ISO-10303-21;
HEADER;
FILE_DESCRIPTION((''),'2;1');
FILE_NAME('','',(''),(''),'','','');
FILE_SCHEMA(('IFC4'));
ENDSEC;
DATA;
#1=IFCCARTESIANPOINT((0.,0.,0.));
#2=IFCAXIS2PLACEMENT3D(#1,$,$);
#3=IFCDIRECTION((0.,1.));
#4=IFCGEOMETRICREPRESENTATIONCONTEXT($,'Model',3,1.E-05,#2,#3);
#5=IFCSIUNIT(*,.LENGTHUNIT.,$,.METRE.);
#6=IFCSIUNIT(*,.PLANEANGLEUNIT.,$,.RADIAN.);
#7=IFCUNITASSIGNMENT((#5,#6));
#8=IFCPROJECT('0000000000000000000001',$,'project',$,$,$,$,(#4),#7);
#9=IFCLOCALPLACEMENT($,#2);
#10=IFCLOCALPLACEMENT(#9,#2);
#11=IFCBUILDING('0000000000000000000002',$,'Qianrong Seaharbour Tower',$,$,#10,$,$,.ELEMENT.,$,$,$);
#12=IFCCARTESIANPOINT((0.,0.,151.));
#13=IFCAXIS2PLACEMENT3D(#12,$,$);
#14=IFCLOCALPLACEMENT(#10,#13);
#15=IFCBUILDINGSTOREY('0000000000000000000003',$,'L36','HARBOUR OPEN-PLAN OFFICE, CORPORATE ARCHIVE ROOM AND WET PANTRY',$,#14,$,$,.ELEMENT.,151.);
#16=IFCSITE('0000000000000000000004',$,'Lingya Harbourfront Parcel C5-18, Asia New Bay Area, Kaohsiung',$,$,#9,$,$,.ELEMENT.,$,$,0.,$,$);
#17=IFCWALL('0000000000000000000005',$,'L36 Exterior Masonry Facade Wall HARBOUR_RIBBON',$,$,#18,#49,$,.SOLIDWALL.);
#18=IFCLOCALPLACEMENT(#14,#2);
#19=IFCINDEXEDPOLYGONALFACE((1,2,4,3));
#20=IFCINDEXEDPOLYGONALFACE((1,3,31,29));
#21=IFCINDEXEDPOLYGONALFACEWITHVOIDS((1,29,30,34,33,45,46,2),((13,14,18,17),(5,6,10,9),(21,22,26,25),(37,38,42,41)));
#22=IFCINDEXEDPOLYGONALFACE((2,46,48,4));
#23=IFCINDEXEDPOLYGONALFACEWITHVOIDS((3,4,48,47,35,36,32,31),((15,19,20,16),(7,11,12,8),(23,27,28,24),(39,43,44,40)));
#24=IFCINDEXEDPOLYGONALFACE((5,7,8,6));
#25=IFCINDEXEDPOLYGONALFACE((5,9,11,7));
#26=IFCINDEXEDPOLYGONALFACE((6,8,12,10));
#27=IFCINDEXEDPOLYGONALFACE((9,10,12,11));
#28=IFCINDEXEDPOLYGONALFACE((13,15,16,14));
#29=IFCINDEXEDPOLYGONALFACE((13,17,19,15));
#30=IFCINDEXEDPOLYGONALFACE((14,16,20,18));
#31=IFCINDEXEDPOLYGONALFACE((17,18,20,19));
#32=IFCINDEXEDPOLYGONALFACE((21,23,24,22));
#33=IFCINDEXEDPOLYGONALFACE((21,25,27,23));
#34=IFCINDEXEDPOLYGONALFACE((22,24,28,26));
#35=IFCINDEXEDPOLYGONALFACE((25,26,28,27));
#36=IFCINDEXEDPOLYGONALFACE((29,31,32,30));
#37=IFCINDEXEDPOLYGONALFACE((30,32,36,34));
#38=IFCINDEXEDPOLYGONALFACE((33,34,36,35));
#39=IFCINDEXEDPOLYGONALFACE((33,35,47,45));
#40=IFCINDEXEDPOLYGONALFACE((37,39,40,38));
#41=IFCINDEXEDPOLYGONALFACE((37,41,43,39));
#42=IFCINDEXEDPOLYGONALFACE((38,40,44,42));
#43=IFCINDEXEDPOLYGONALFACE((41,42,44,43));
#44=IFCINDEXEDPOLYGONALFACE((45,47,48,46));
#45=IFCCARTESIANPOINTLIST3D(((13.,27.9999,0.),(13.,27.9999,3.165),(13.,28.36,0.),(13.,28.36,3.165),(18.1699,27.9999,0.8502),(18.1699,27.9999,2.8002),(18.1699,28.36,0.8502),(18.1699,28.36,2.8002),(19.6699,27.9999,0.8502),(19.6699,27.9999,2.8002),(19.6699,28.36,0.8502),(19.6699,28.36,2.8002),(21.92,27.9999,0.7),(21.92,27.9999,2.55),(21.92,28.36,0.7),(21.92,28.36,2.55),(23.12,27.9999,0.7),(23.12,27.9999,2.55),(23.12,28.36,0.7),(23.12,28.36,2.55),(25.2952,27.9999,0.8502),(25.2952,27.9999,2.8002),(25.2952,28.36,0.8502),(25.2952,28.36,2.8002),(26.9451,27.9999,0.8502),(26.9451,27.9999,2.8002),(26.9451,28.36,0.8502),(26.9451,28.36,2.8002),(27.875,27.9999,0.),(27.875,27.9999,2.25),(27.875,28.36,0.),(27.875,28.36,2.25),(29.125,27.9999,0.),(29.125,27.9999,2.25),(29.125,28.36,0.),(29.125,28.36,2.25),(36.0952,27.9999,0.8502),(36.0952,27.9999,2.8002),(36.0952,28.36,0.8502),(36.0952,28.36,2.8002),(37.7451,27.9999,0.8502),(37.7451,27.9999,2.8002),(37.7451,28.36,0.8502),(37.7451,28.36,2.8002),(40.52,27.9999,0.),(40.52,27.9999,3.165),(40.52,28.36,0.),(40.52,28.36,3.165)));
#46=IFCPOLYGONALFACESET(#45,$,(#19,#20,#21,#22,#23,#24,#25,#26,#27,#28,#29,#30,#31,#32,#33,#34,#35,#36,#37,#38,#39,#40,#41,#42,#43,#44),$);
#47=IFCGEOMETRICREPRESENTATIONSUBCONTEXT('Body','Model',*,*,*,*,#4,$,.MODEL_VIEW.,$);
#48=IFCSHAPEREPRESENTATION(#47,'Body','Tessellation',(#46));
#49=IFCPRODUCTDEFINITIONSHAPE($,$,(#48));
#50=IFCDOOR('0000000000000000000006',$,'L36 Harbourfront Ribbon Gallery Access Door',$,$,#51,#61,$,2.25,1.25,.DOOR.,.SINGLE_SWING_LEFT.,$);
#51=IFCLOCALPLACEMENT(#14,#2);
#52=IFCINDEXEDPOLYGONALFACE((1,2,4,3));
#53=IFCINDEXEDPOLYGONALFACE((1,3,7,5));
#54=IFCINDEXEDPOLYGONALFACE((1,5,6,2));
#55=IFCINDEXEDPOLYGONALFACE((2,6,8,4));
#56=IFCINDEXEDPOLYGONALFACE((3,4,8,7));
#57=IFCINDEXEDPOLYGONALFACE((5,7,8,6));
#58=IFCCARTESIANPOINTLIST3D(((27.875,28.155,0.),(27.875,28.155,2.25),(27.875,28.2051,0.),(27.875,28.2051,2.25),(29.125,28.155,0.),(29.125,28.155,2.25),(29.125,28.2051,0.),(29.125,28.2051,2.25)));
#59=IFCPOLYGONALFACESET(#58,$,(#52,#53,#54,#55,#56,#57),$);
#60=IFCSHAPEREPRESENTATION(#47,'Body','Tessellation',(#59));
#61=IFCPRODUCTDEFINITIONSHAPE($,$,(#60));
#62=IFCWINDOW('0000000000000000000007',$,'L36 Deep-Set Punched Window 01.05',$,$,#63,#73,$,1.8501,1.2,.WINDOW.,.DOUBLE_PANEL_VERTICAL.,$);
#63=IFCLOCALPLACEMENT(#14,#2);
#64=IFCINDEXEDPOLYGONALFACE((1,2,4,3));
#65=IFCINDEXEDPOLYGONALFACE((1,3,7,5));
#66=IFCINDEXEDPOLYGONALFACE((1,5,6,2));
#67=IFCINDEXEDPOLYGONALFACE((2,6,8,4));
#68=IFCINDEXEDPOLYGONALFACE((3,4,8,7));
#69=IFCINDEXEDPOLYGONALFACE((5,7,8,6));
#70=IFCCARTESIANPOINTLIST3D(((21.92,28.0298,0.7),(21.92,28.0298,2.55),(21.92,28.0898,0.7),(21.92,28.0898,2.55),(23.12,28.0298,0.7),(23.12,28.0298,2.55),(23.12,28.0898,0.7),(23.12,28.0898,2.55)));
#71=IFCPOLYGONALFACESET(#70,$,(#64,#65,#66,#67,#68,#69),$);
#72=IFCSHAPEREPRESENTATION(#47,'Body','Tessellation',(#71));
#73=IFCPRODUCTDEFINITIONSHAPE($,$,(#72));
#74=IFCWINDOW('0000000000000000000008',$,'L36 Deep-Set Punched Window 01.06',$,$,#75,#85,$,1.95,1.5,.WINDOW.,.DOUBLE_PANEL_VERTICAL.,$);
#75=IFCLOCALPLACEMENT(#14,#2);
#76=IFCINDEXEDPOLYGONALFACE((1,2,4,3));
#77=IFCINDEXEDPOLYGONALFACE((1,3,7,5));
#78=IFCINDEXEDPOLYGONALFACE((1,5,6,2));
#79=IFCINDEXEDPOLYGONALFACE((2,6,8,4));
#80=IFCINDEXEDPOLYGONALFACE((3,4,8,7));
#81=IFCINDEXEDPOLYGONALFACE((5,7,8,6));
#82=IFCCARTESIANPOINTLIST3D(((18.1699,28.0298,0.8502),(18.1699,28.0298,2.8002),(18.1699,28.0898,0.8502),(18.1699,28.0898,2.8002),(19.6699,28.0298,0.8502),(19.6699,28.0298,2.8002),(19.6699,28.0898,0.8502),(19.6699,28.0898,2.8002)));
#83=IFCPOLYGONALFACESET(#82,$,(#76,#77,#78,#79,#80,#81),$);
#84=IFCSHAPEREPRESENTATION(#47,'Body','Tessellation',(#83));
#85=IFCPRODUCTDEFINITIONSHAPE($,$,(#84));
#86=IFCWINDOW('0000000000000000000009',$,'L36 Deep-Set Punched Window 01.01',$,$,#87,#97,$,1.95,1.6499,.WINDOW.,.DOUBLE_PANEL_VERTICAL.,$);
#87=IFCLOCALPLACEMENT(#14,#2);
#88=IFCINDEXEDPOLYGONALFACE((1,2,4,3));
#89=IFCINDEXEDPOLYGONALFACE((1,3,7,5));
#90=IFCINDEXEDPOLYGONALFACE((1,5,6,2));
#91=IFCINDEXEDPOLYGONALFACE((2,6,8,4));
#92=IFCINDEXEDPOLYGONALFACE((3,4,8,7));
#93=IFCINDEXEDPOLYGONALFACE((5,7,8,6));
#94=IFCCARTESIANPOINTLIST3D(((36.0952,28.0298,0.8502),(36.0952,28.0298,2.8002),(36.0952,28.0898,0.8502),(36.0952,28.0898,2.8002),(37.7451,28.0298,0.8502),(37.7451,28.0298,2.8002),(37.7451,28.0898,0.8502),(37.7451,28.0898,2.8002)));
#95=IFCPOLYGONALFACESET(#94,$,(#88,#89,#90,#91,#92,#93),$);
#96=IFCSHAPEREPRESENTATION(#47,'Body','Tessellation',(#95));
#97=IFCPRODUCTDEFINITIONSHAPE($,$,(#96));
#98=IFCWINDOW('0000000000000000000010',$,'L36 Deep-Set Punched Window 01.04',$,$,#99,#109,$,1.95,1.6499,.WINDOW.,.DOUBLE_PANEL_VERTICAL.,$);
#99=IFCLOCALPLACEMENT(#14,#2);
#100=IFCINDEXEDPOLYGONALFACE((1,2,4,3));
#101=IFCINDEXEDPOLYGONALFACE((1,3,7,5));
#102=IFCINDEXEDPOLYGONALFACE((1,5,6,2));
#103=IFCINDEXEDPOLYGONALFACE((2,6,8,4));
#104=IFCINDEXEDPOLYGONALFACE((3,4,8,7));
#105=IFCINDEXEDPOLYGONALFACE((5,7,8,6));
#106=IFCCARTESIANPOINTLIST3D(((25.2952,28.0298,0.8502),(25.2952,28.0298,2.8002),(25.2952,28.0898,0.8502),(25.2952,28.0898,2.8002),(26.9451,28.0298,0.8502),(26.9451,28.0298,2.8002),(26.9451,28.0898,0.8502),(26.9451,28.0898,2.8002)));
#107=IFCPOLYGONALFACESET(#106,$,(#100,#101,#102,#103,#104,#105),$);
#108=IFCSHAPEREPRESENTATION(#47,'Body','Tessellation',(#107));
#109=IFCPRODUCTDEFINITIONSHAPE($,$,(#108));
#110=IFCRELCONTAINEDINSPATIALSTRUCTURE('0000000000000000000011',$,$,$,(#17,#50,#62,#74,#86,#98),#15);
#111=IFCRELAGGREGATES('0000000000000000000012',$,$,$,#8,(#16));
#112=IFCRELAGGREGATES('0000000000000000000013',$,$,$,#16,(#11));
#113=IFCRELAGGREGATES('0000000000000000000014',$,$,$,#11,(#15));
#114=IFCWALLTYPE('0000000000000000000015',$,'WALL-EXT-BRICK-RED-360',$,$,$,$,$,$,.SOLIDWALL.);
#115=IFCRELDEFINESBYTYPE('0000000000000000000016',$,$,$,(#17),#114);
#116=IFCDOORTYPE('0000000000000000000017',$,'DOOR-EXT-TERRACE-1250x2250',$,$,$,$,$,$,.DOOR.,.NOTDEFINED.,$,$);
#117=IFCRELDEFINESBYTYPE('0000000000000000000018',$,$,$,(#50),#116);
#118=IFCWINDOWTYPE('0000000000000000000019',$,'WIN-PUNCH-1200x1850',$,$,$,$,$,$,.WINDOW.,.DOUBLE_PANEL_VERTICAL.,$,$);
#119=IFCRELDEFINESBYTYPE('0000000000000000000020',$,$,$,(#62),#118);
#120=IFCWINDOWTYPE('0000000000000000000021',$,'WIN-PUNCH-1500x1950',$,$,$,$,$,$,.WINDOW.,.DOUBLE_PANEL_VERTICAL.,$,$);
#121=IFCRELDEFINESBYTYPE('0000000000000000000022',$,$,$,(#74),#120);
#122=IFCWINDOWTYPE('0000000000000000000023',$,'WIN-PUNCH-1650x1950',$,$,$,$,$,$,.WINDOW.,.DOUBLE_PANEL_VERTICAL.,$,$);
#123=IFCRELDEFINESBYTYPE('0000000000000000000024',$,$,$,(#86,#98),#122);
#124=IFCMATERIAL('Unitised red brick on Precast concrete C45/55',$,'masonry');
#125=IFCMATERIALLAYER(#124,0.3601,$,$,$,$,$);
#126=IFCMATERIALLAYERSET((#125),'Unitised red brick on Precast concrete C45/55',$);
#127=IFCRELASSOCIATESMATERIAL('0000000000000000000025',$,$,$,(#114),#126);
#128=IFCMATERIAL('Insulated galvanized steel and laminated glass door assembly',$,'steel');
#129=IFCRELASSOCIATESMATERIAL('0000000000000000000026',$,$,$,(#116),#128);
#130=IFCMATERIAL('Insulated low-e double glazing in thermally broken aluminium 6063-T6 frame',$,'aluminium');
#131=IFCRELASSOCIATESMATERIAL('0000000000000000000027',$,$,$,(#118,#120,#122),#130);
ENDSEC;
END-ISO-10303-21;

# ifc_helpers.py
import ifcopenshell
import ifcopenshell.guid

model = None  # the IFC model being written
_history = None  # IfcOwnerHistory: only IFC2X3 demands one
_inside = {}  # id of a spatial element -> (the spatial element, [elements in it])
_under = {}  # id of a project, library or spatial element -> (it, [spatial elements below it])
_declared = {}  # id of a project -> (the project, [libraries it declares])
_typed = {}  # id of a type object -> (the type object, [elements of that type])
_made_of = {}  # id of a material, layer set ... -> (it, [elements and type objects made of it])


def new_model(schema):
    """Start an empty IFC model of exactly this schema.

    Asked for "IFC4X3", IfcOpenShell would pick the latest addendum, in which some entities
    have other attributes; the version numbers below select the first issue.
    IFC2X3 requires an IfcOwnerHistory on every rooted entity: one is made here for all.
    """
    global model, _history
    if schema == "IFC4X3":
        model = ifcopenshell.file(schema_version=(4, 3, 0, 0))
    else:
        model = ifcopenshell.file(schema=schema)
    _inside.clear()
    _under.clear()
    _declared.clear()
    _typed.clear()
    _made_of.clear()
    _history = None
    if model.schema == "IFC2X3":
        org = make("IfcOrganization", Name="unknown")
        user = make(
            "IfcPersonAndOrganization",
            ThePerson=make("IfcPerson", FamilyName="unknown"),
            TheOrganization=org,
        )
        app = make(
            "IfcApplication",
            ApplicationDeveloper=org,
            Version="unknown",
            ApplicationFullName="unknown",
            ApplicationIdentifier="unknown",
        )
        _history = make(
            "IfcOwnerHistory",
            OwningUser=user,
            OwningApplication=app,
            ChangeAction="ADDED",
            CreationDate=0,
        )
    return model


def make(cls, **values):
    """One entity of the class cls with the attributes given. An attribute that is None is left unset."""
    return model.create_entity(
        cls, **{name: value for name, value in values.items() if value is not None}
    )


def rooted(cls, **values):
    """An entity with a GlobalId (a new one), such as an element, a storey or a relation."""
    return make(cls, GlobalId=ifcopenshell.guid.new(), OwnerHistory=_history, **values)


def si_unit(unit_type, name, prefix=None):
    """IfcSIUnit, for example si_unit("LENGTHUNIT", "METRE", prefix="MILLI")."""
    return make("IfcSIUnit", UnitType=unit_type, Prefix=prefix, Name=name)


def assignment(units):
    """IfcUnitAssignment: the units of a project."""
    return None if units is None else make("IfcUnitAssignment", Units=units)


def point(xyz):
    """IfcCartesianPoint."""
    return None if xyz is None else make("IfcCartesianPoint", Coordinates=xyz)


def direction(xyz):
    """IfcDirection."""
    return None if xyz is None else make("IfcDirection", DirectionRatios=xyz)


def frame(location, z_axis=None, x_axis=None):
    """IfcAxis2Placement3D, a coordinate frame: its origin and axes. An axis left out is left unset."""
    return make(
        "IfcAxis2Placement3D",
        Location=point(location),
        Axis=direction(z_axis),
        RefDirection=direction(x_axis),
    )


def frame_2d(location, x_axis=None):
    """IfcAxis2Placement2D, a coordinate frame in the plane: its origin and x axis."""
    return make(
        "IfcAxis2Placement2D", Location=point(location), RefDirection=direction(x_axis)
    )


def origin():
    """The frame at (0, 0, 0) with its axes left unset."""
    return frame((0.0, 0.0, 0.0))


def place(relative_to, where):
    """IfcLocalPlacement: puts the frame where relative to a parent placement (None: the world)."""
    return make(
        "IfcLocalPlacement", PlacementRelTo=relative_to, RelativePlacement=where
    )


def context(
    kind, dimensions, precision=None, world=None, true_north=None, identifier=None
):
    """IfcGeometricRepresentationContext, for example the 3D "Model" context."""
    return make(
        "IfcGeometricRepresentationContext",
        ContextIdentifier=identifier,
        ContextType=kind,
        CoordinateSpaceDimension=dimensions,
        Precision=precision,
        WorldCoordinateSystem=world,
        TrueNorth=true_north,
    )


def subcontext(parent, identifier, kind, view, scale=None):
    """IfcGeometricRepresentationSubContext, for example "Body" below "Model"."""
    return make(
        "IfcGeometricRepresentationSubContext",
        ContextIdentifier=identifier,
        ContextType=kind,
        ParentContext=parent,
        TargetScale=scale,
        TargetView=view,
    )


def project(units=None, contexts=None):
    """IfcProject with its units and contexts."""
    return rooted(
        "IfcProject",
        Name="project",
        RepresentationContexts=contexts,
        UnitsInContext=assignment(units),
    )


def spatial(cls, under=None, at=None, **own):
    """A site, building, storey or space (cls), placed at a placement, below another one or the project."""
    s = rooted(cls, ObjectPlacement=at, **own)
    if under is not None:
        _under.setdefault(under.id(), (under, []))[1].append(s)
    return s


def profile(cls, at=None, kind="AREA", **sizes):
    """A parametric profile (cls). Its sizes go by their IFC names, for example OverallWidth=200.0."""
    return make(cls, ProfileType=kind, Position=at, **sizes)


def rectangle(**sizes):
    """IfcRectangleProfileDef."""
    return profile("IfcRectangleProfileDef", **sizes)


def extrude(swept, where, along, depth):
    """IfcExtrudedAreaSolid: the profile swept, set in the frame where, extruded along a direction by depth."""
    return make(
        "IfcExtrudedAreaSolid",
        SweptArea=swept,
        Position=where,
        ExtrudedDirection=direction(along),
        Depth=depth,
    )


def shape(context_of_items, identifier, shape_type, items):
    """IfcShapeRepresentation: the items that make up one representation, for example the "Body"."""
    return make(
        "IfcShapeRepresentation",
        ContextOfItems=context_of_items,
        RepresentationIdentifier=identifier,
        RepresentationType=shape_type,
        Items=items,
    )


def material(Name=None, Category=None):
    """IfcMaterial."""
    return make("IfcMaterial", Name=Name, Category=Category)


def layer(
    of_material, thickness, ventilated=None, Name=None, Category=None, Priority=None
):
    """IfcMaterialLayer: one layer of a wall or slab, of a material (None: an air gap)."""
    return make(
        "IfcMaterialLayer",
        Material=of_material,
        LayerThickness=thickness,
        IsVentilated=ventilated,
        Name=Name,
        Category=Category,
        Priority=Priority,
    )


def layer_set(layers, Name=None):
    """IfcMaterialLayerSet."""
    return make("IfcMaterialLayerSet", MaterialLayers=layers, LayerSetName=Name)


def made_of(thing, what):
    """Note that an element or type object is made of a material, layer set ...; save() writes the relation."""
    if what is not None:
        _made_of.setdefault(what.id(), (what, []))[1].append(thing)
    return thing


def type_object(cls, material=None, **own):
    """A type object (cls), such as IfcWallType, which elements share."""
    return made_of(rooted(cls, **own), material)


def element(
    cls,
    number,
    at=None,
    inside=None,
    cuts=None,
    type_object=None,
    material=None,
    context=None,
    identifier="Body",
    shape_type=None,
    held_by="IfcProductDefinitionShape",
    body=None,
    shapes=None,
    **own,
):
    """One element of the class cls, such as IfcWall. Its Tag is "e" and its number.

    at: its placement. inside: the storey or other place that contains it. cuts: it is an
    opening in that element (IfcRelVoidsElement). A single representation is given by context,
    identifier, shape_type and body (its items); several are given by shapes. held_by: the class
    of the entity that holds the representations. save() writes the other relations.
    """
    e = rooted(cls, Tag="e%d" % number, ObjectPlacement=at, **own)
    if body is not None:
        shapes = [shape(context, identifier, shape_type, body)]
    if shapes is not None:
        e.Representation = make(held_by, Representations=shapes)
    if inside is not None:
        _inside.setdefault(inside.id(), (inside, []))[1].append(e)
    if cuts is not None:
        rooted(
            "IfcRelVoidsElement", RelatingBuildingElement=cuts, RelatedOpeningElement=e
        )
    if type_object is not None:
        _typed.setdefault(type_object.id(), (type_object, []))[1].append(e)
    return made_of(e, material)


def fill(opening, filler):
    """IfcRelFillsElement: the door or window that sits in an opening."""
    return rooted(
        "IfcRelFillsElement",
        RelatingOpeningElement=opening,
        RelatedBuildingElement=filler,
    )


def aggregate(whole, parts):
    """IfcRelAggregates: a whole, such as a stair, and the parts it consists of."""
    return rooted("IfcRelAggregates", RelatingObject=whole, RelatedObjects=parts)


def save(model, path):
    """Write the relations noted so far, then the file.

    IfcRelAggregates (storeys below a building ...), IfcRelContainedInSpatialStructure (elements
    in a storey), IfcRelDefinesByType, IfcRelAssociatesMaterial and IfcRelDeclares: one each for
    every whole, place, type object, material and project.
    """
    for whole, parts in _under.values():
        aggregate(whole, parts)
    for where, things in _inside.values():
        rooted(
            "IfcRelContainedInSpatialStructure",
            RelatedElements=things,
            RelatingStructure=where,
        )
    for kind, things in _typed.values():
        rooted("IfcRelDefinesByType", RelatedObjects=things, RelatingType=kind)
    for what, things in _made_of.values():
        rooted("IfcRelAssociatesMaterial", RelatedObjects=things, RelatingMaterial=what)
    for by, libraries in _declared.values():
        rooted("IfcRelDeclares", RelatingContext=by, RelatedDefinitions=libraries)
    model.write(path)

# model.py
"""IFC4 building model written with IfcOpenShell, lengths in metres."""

from ifc_helpers import new_model, si_unit, direction, frame, frame_2d, origin, place, context, subcontext, project, spatial, rectangle, extrude, material, layer, layer_set, type_object, element, fill, save


model = new_model("IFC4")

# Units and contexts
model_context = context("Model", 3, precision=1e-05, world=origin(), true_north=direction((0.0, 1.0)))
body_context = subcontext(model_context, "Body", "Model", "MODEL_VIEW")
ifc_project = project(units=[si_unit("LENGTHUNIT", "METRE"), si_unit("PLANEANGLEUNIT", "RADIAN")], contexts=[model_context])

# Site, building, storey
site_placement = place(None, origin())
site = spatial("IfcSite", under=ifc_project, at=site_placement, Name="Lingya Harbourfront Parcel C5-18, Asia New Bay Area, Kaohsiung", CompositionType="ELEMENT", RefElevation=0.0)
building_placement = place(site_placement, origin())
building = spatial("IfcBuilding", under=site, at=building_placement, Name="Qianrong Seaharbour Tower", CompositionType="ELEMENT")
storey_placement = place(building_placement, frame((0.0, 0.0, 151.0)))
storey = spatial("IfcBuildingStorey", under=building, at=storey_placement, Name="L36", Description="HARBOUR OPEN-PLAN OFFICE, CORPORATE ARCHIVE ROOM AND WET PANTRY", CompositionType="ELEMENT", Elevation=151.0)

# Wall, openings, door, windows
ifc_material_1 = material(Name="Unitised red brick on Precast concrete C45/55", Category="masonry")
ifc_layer_1 = layer(ifc_material_1, 0.3601)
ifc_layer_set_1 = layer_set([ifc_layer_1], Name="Unitised red brick on Precast concrete C45/55")
wall_type_1 = type_object("IfcWallType", Name="WALL-EXT-BRICK-RED-360", PredefinedType="SOLIDWALL", material=ifc_layer_set_1)
wall_1_placement = place(storey_placement, frame((40.52, 28.1799, 0.0), z_axis=(0.0, 0.0, 1.0), x_axis=(-1.0, 0.0, 0.0)))
wall_1 = element("IfcWall", 1, at=wall_1_placement, inside=storey, type_object=wall_type_1, Name="L36 Exterior Masonry Facade Wall HARBOUR_RIBBON", PredefinedType="SOLIDWALL", context=body_context, shape_type="SweptSolid", body=[
    extrude(rectangle(XDim=27.52, YDim=0.3601, at=frame_2d((13.76, 0.0))), origin(), (0.0, 0.0, 1.0), 3.165),
])
opening_1_placement = place(wall_1_placement, frame((2.7749, 0.0, 0.8501)))
opening_1 = element("IfcOpeningElement", 2, at=opening_1_placement, cuts=wall_1, PredefinedType="OPENING", context=body_context, shape_type="SweptSolid", body=[
    extrude(rectangle(XDim=1.6499, YDim=1.95, at=frame_2d((0.825, 0.9751))), frame((0.0, 0.1899, 0.0), z_axis=(0.0, -1.0, 0.0), x_axis=(1.0, 0.0, 0.0)), (0.0, 0.0, 1.0), 0.3801),
])
opening_2_placement = place(wall_1_placement, frame((13.575, 0.0, 0.8501)))
opening_2 = element("IfcOpeningElement", 3, at=opening_2_placement, cuts=wall_1, PredefinedType="OPENING", context=body_context, shape_type="SweptSolid", body=[
    extrude(rectangle(XDim=1.6499, YDim=1.95, at=frame_2d((0.825, 0.9751))), frame((0.0, 0.1899, 0.0), z_axis=(0.0, -1.0, 0.0), x_axis=(1.0, 0.0, 0.0)), (0.0, 0.0, 1.0), 0.3801),
])
opening_3_placement = place(wall_1_placement, frame((17.3999, 0.0, 0.7)))
opening_3 = element("IfcOpeningElement", 4, at=opening_3_placement, cuts=wall_1, PredefinedType="OPENING", context=body_context, shape_type="SweptSolid", body=[
    extrude(rectangle(XDim=1.2, YDim=1.8501, at=frame_2d((0.6001, 0.925))), frame((0.0, 0.1899, 0.0), z_axis=(0.0, -1.0, 0.0), x_axis=(1.0, 0.0, 0.0)), (0.0, 0.0, 1.0), 0.3801),
])
opening_4_placement = place(wall_1_placement, frame((20.8501, 0.0, 0.8501)))
opening_4 = element("IfcOpeningElement", 5, at=opening_4_placement, cuts=wall_1, PredefinedType="OPENING", context=body_context, shape_type="SweptSolid", body=[
    extrude(rectangle(XDim=1.5, YDim=1.95, at=frame_2d((0.75, 0.9751))), frame((0.0, 0.1899, 0.0), z_axis=(0.0, -1.0, 0.0), x_axis=(1.0, 0.0, 0.0)), (0.0, 0.0, 1.0), 0.3801),
])
opening_5_placement = place(wall_1_placement, frame((11.395, 0.0, 0.0)))
opening_5 = element("IfcOpeningElement", 6, at=opening_5_placement, cuts=wall_1, PredefinedType="OPENING", context=body_context, shape_type="SweptSolid", body=[
    extrude(rectangle(XDim=1.25, YDim=2.25, at=frame_2d((0.625, 1.125))), frame((0.0, 0.1899, 0.0), z_axis=(0.0, -1.0, 0.0), x_axis=(1.0, 0.0, 0.0)), (0.0, 0.0, 1.0), 0.3801),
])
ifc_material_2 = material(Name="Insulated galvanized steel and laminated glass door assembly", Category="steel")
door_type_1 = type_object("IfcDoorType", Name="DOOR-EXT-TERRACE-1250x2250", OperationType="NOTDEFINED", PredefinedType="DOOR", material=ifc_material_2)
door_1_placement = place(opening_5_placement, origin())
door_1 = element("IfcDoor", 7, at=door_1_placement, inside=storey, type_object=door_type_1, Name="L36 Harbourfront Ribbon Gallery Access Door", OperationType="SINGLE_SWING_LEFT", OverallHeight=2.25, OverallWidth=1.25, PredefinedType="DOOR", context=body_context, shape_type="SweptSolid", body=[
    extrude(rectangle(XDim=1.25, YDim=2.25, at=frame_2d((0.625, 1.125))), frame((0.0, 0.0249, 0.0), z_axis=(0.0, -1.0, 0.0), x_axis=(1.0, 0.0, 0.0)), (0.0, 0.0, 1.0), 0.05),
])
fill(opening_5, door_1)
ifc_material_3 = material(Name="Insulated low-e double glazing in thermally broken aluminium 6063-T6 frame", Category="aluminium")
window_type_1 = type_object("IfcWindowType", Name="WIN-PUNCH-1200x1850", PartitioningType="DOUBLE_PANEL_VERTICAL", PredefinedType="WINDOW", material=ifc_material_3)
window_1_placement = place(opening_3_placement, origin())
window_1 = element("IfcWindow", 8, at=window_1_placement, inside=storey, type_object=window_type_1, Name="L36 Deep-Set Punched Window 01.05", OverallHeight=1.8501, OverallWidth=1.2, PartitioningType="DOUBLE_PANEL_VERTICAL", PredefinedType="WINDOW", context=body_context, shape_type="SweptSolid", body=[
    extrude(rectangle(XDim=1.2, YDim=1.8501, at=frame_2d((0.6001, 0.925))), frame((0.0, 0.1501, 0.0), z_axis=(0.0, -1.0, 0.0), x_axis=(1.0, 0.0, 0.0)), (0.0, 0.0, 1.0), 0.0601),
])
fill(opening_3, window_1)
window_type_2 = type_object("IfcWindowType", Name="WIN-PUNCH-1500x1950", PartitioningType="DOUBLE_PANEL_VERTICAL", PredefinedType="WINDOW", material=ifc_material_3)
window_2_placement = place(opening_4_placement, origin())
window_2 = element("IfcWindow", 9, at=window_2_placement, inside=storey, type_object=window_type_2, Name="L36 Deep-Set Punched Window 01.06", OverallHeight=1.95, OverallWidth=1.5, PartitioningType="DOUBLE_PANEL_VERTICAL", PredefinedType="WINDOW", context=body_context, shape_type="SweptSolid", body=[
    extrude(rectangle(XDim=1.5, YDim=1.95, at=frame_2d((0.75, 0.9751))), frame((0.0, 0.1501, 0.0), z_axis=(0.0, -1.0, 0.0), x_axis=(1.0, 0.0, 0.0)), (0.0, 0.0, 1.0), 0.0601),
])
fill(opening_4, window_2)
window_type_3 = type_object("IfcWindowType", Name="WIN-PUNCH-1650x1950", PartitioningType="DOUBLE_PANEL_VERTICAL", PredefinedType="WINDOW", material=ifc_material_3)
window_3_placement = place(opening_1_placement, origin())
window_3 = element("IfcWindow", 10, at=window_3_placement, inside=storey, type_object=window_type_3, Name="L36 Deep-Set Punched Window 01.01", OverallHeight=1.95, OverallWidth=1.6499, PartitioningType="DOUBLE_PANEL_VERTICAL", PredefinedType="WINDOW", context=body_context, shape_type="SweptSolid", body=[
    extrude(rectangle(XDim=1.6499, YDim=1.95, at=frame_2d((0.825, 0.9751))), frame((0.0, 0.1501, 0.0), z_axis=(0.0, -1.0, 0.0), x_axis=(1.0, 0.0, 0.0)), (0.0, 0.0, 1.0), 0.0601),
])
fill(opening_1, window_3)
window_4_placement = place(opening_2_placement, origin())
window_4 = element("IfcWindow", 11, at=window_4_placement, inside=storey, type_object=window_type_3, Name="L36 Deep-Set Punched Window 01.04", OverallHeight=1.95, OverallWidth=1.6499, PartitioningType="DOUBLE_PANEL_VERTICAL", PredefinedType="WINDOW", context=body_context, shape_type="SweptSolid", body=[
    extrude(rectangle(XDim=1.6499, YDim=1.95, at=frame_2d((0.825, 0.9751))), frame((0.0, 0.1501, 0.0), z_axis=(0.0, -1.0, 0.0), x_axis=(1.0, 0.0, 0.0)), (0.0, 0.0, 1.0), 0.0601),
])
fill(opening_2, window_4)

save(model, "model.ifc")
